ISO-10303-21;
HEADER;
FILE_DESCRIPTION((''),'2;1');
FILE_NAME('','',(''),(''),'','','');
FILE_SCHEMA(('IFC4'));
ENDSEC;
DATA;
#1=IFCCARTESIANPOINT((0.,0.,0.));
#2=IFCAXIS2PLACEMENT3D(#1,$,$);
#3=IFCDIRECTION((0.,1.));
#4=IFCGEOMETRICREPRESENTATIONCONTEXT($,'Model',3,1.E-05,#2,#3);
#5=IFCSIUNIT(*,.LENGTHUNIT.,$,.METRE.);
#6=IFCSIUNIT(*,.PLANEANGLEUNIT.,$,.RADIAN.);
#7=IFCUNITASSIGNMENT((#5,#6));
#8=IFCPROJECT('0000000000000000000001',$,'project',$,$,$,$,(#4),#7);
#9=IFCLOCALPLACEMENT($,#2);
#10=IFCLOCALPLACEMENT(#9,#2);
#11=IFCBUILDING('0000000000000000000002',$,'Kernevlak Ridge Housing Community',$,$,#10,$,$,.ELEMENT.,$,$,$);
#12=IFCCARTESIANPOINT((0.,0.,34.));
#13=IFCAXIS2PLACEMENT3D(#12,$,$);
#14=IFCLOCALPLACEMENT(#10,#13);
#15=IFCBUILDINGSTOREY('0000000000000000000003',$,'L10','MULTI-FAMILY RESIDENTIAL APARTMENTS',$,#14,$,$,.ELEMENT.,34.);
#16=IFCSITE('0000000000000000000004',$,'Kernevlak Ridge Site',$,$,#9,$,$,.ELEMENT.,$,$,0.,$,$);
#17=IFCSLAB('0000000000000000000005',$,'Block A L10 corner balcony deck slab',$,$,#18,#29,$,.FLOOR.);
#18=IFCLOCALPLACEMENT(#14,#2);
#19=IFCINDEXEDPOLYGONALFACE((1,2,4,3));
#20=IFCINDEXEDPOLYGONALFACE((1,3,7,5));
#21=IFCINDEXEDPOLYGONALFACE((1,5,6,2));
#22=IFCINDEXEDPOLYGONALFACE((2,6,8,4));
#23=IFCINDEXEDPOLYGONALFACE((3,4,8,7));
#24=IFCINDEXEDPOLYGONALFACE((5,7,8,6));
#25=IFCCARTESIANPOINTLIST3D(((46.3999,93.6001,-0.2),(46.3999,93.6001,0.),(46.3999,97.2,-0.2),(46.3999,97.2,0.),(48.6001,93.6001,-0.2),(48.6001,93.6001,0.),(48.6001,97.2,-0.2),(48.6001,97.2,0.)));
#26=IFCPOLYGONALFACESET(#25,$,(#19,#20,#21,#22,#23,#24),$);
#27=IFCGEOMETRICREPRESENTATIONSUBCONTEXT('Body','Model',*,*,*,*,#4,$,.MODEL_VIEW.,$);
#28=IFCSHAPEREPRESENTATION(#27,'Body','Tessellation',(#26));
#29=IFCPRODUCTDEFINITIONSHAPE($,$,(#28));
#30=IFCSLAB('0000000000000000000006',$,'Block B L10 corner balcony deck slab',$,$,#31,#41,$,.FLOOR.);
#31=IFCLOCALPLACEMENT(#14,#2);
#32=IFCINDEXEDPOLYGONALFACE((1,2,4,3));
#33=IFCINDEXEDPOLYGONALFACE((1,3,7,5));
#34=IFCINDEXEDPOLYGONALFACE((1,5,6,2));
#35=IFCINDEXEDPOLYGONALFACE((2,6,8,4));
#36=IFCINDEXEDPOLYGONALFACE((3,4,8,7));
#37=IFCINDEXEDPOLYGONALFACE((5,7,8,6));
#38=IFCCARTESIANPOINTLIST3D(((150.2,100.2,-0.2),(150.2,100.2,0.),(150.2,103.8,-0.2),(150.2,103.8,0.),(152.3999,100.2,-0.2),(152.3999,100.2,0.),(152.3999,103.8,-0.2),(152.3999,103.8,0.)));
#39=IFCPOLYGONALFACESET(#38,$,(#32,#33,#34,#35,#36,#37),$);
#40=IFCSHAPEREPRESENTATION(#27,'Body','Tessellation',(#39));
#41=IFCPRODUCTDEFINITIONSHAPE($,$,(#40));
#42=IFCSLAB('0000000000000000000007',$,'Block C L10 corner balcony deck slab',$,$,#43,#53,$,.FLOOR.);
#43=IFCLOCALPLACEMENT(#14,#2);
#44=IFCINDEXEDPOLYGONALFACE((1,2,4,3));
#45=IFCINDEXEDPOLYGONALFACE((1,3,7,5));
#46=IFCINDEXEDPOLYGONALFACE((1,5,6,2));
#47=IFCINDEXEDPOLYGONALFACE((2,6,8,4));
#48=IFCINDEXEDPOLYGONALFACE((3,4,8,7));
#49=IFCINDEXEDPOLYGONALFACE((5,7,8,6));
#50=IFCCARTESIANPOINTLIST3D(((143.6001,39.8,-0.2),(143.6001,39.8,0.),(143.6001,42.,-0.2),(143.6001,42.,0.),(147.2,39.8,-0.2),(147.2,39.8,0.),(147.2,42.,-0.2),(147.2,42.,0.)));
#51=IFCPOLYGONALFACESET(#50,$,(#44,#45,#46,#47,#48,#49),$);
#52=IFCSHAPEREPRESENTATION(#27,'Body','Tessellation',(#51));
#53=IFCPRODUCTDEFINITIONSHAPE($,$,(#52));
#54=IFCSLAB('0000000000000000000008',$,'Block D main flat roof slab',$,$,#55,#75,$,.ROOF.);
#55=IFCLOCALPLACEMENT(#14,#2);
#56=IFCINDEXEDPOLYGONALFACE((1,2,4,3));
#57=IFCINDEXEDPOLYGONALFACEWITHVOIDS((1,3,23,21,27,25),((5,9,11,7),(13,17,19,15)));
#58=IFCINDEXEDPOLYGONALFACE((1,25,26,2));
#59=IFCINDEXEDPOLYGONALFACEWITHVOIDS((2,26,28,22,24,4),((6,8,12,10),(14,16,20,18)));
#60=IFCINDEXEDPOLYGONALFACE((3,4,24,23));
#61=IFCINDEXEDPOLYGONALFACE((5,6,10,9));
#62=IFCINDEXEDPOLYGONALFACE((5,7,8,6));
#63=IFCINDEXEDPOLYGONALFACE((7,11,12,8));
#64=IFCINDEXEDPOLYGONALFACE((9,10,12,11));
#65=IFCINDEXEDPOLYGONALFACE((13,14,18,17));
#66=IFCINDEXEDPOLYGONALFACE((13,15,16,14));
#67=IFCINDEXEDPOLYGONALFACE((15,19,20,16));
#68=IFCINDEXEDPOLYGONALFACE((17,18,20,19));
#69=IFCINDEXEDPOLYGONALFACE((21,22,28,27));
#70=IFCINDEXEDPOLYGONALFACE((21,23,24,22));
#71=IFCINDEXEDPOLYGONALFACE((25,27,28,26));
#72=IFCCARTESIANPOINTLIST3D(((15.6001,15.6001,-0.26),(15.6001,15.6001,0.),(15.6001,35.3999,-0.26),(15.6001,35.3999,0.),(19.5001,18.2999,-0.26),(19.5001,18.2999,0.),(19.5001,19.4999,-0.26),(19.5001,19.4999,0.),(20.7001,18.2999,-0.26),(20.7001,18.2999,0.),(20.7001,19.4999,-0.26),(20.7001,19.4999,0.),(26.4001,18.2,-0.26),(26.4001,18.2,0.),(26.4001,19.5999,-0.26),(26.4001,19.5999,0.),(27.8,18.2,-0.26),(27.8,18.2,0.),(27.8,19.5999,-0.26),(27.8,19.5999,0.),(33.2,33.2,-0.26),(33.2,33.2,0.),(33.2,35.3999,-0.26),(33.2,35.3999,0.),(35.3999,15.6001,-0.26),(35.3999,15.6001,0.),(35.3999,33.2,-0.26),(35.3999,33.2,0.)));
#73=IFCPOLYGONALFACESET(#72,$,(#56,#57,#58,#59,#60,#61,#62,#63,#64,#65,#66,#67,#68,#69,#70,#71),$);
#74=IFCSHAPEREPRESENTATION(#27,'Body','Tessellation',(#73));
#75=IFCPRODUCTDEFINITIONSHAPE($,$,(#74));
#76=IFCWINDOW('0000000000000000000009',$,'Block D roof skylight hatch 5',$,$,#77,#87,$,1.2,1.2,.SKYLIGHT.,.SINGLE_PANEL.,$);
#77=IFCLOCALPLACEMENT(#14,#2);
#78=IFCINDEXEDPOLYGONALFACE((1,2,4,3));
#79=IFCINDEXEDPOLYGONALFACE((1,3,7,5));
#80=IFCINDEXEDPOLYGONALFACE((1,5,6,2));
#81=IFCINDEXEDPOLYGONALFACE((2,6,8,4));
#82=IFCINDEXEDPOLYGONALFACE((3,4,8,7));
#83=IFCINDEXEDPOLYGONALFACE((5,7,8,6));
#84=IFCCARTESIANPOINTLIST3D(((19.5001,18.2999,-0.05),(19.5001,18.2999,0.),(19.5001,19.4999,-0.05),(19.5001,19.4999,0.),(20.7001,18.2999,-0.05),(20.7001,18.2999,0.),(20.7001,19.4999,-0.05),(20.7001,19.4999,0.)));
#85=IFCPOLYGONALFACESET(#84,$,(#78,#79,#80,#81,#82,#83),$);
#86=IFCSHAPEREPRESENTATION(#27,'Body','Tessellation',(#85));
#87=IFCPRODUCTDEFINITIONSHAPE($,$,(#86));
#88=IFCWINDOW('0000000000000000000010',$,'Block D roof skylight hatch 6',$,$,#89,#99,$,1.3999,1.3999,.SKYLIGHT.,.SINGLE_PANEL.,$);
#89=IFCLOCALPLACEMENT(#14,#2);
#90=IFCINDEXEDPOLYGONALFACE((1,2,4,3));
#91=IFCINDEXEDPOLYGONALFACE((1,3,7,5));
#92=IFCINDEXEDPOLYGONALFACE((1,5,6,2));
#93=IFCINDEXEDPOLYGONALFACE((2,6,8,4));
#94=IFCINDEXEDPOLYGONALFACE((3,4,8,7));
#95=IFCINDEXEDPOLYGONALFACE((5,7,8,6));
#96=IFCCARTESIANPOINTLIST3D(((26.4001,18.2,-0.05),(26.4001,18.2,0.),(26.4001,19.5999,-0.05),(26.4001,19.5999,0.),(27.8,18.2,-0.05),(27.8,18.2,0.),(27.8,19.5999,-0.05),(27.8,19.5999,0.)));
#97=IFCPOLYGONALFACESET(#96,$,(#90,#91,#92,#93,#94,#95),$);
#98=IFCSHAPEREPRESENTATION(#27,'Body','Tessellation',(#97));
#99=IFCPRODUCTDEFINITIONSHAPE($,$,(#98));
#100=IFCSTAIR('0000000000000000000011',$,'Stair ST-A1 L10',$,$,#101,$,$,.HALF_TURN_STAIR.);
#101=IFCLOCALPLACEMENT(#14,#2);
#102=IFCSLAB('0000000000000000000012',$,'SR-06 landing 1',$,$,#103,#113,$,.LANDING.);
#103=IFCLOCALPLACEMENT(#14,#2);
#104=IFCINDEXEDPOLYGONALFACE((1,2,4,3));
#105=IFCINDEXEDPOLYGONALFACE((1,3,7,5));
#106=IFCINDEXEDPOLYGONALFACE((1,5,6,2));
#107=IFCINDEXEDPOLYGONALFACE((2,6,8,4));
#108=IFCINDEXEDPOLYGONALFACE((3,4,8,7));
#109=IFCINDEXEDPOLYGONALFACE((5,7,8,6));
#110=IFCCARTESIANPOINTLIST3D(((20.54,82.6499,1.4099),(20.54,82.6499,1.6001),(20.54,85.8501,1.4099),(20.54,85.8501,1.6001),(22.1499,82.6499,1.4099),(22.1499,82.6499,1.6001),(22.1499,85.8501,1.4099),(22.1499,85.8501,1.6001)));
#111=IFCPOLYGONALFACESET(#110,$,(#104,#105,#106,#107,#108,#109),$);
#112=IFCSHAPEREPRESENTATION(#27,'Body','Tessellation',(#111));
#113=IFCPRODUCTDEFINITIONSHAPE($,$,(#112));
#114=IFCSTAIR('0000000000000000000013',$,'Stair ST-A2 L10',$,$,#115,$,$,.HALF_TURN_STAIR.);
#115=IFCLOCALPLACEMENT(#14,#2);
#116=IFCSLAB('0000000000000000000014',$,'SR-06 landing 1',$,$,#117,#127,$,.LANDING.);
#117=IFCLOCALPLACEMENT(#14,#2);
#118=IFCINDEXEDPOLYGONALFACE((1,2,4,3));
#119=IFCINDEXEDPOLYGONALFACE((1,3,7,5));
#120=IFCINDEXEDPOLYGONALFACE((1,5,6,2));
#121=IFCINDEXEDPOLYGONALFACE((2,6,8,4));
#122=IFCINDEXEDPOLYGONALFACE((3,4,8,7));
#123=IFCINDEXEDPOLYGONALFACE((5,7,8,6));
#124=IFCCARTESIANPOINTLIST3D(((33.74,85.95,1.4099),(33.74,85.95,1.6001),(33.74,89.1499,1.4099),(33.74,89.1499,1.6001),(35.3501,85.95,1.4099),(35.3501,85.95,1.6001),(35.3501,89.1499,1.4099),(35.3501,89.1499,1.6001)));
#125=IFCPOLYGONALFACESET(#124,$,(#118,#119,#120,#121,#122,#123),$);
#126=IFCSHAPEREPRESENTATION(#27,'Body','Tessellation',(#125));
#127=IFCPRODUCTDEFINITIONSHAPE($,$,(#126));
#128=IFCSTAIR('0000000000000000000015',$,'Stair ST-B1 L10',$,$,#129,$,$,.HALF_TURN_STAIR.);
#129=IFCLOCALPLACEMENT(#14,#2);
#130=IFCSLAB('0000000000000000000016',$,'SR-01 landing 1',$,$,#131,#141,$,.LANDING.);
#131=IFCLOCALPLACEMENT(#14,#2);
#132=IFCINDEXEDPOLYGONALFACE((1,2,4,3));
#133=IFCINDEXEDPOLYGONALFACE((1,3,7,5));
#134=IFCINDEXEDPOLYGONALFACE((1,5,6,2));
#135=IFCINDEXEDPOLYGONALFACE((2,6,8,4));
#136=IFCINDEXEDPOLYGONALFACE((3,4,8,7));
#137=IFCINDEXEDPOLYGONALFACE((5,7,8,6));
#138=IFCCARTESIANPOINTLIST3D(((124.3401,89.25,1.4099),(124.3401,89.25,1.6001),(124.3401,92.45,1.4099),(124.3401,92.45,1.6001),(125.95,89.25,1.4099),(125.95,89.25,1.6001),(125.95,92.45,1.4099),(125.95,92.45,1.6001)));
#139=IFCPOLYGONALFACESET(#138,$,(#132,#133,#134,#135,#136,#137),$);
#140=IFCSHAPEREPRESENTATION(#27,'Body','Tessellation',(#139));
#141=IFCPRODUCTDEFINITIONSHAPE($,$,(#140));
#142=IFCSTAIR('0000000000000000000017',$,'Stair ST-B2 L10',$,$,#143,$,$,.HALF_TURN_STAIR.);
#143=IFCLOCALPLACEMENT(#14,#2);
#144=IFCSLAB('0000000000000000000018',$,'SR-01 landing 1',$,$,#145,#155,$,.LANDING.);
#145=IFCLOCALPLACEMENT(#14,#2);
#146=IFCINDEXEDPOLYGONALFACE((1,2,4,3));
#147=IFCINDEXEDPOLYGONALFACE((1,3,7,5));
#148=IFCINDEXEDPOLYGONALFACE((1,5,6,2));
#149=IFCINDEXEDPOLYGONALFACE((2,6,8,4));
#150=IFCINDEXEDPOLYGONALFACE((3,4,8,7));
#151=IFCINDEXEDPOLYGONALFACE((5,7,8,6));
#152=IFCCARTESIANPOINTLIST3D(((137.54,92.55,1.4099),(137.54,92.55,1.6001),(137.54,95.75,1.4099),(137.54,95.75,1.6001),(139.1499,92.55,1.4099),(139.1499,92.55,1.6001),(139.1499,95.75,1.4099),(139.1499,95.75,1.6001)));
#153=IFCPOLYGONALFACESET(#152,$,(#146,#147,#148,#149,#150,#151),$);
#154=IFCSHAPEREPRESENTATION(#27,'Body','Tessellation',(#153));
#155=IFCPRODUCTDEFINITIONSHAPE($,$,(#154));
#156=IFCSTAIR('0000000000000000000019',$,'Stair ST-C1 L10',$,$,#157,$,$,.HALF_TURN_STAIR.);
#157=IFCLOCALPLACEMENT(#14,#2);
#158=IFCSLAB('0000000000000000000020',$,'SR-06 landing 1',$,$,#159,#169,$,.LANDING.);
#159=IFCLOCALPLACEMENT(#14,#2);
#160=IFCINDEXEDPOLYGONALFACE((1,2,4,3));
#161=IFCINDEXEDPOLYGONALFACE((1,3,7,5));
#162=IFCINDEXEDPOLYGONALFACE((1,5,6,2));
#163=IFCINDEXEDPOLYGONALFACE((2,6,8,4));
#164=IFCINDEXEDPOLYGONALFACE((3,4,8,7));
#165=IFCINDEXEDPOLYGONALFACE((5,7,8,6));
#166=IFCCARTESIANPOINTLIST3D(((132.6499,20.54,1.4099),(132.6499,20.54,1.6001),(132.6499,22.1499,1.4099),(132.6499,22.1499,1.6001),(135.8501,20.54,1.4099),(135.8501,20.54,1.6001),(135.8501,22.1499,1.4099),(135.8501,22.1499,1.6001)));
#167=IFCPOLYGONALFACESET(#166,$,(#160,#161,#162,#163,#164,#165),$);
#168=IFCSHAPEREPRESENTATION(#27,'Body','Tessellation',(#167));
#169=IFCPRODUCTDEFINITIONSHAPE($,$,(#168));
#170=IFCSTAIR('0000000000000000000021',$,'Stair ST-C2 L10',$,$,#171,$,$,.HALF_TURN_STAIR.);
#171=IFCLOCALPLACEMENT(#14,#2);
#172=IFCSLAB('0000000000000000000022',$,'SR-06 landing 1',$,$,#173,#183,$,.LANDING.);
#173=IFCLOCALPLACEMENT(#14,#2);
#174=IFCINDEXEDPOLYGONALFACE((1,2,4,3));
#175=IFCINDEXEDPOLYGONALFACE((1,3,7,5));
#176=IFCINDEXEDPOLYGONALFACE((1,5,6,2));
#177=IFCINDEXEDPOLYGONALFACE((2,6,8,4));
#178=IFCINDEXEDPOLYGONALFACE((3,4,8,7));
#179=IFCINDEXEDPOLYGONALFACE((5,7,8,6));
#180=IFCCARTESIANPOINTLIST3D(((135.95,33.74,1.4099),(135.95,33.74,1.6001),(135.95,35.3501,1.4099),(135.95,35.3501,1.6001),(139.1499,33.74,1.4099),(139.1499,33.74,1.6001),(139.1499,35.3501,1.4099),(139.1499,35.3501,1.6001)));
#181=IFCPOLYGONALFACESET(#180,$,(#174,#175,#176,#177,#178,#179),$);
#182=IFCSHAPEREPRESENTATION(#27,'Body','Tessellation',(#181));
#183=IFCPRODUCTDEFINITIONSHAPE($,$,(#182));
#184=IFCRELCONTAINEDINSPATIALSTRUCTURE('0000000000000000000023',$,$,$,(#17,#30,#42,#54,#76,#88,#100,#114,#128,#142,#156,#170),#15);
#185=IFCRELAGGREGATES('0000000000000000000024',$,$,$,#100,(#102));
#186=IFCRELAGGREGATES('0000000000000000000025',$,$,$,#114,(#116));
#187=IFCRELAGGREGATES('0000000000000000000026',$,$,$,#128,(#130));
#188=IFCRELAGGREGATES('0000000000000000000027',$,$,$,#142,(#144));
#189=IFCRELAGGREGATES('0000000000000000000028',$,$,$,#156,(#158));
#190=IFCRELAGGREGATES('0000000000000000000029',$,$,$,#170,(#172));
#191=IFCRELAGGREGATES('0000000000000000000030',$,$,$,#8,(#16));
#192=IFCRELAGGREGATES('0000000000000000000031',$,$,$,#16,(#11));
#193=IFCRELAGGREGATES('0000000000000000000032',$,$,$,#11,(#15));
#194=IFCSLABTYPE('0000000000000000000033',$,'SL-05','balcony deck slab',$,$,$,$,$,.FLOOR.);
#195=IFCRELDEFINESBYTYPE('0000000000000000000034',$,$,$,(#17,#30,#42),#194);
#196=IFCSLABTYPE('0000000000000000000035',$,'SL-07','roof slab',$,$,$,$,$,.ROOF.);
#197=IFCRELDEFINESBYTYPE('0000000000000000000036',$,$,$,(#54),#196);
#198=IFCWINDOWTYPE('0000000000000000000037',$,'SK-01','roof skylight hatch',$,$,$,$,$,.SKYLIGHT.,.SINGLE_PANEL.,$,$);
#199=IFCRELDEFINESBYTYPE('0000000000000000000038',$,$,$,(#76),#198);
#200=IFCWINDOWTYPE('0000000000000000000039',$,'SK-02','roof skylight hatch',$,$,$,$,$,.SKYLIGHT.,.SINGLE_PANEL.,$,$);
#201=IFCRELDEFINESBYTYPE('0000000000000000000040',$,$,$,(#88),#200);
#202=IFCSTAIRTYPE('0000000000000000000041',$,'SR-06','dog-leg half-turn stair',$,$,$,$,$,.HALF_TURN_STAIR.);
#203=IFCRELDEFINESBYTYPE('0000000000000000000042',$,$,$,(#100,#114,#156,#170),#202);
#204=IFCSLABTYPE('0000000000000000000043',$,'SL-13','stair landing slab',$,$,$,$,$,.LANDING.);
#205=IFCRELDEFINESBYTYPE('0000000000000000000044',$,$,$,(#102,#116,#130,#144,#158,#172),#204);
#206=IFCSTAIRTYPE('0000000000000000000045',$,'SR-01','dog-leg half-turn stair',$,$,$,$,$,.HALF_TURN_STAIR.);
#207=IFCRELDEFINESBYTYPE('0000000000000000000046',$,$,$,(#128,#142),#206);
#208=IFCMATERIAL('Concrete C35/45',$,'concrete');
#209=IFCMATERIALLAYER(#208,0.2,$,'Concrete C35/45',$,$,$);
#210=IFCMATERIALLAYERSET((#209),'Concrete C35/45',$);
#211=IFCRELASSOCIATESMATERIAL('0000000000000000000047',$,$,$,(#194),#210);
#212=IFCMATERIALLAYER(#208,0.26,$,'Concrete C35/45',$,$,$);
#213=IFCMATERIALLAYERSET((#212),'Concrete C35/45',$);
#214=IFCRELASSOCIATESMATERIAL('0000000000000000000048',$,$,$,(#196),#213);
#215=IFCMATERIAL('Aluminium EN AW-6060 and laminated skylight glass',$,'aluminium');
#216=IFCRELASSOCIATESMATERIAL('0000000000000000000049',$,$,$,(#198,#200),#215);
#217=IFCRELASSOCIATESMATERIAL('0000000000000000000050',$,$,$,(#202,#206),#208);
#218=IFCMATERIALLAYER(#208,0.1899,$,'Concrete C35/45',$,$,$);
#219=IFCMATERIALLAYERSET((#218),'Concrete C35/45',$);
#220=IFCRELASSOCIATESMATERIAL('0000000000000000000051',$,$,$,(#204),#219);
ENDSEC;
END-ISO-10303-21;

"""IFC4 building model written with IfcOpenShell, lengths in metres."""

from ifc_helpers import new_model, si_unit, direction, frame, origin, origin_2d, place, context, subcontext, project, spatial, polyline, rectangle, outline, extrude, material, layer, layer_set, type_object, element, fill, aggregate, save


model = new_model("IFC4")

# Units and contexts
model_context = context("Model", 3, precision=1e-05, world=origin(), true_north=direction((0.0, 1.0)))
body_context = subcontext(model_context, "Body", "Model", "MODEL_VIEW")
ifc_project = project(units=[si_unit("LENGTHUNIT", "METRE"), si_unit("PLANEANGLEUNIT", "RADIAN")], contexts=[model_context])

# Site, building, storey
site_placement = place(None, origin())
site = spatial("IfcSite", under=ifc_project, at=site_placement, Name="Kernevlak Ridge Site", CompositionType="ELEMENT", RefElevation=0.0)
building_placement = place(site_placement, origin())
building = spatial("IfcBuilding", under=site, at=building_placement, Name="Kernevlak Ridge Housing Community", CompositionType="ELEMENT")
storey_placement = place(building_placement, frame((0.0, 0.0, 34.0)))
storey = spatial("IfcBuildingStorey", under=building, at=storey_placement, Name="L10", Description="MULTI-FAMILY RESIDENTIAL APARTMENTS", CompositionType="ELEMENT", Elevation=34.0)

# Slabs
ifc_material_1 = material(Name="Concrete C35/45", Category="concrete")
ifc_layer_1 = layer(ifc_material_1, 0.2, Name="Concrete C35/45")
ifc_layer_set_1 = layer_set([ifc_layer_1], Name="Concrete C35/45")
slab_type_1 = type_object("IfcSlabType", Name="SL-05", Description="balcony deck slab", PredefinedType="FLOOR", material=ifc_layer_set_1)
slab_1_placement = place(storey_placement, frame((0.0, 0.0, -0.2)))
element("IfcSlab", 1, at=slab_1_placement, inside=storey, type_object=slab_type_1, Name="Block A L10 corner balcony deck slab", PredefinedType="FLOOR", context=body_context, shape_type="SweptSolid", body=[
    extrude(outline(polyline([(46.3999, 93.6001), (48.6001, 93.6001), (48.6001, 97.2), (46.3999, 97.2), (46.3999, 93.6001)])), origin(), (0.0, 0.0, 1.0), 0.2),
])
slab_2_placement = place(storey_placement, frame((0.0, 0.0, -0.2)))
element("IfcSlab", 2, at=slab_2_placement, inside=storey, type_object=slab_type_1, Name="Block B L10 corner balcony deck slab", PredefinedType="FLOOR", context=body_context, shape_type="SweptSolid", body=[
    extrude(outline(polyline([(150.2, 100.2), (152.3999, 100.2), (152.3999, 103.8), (150.2, 103.8), (150.2, 100.2)])), origin(), (0.0, 0.0, 1.0), 0.2),
])
slab_3_placement = place(storey_placement, frame((0.0, 0.0, -0.2)))
element("IfcSlab", 3, at=slab_3_placement, inside=storey, type_object=slab_type_1, Name="Block C L10 corner balcony deck slab", PredefinedType="FLOOR", context=body_context, shape_type="SweptSolid", body=[
    extrude(outline(polyline([(147.2, 39.8), (147.2, 42.0), (143.6001, 42.0), (143.6001, 39.8), (147.2, 39.8)])), origin(), (0.0, 0.0, 1.0), 0.2),
])

# Slab, openings, windows
ifc_layer_2 = layer(ifc_material_1, 0.26, Name="Concrete C35/45")
ifc_layer_set_2 = layer_set([ifc_layer_2], Name="Concrete C35/45")
slab_type_2 = type_object("IfcSlabType", Name="SL-07", Description="roof slab", PredefinedType="ROOF", material=ifc_layer_set_2)
slab_4_placement = place(storey_placement, frame((0.0, 0.0, -0.26)))
slab_4 = element("IfcSlab", 4, at=slab_4_placement, inside=storey, type_object=slab_type_2, Name="Block D main flat roof slab", PredefinedType="ROOF", context=body_context, shape_type="SweptSolid", body=[
    extrude(outline(polyline([(15.6001, 15.6001), (35.3999, 15.6001), (35.3999, 33.2), (33.2, 33.2), (33.2, 35.3999), (15.6001, 35.3999), (15.6001, 15.6001)])), origin(), (0.0, 0.0, 1.0), 0.26),
])
opening_1_placement = place(slab_4_placement, frame((20.1001, 18.8999, -0.01)))
opening_1 = element("IfcOpeningElement", 5, at=opening_1_placement, cuts=slab_4, PredefinedType="OPENING", context=body_context, shape_type="SweptSolid", body=[
    extrude(rectangle(XDim=1.2, YDim=1.2, at=origin_2d()), origin(), (0.0, 0.0, 1.0), 0.28),
])
opening_2_placement = place(slab_4_placement, frame((27.1001, 18.8999, -0.01)))
opening_2 = element("IfcOpeningElement", 6, at=opening_2_placement, cuts=slab_4, PredefinedType="OPENING", context=body_context, shape_type="SweptSolid", body=[
    extrude(rectangle(XDim=1.3999, YDim=1.3999, at=origin_2d()), origin(), (0.0, 0.0, 1.0), 0.28),
])
ifc_material_2 = material(Name="Aluminium EN AW-6060 and laminated skylight glass", Category="aluminium")
window_type_1 = type_object("IfcWindowType", Name="SK-01", Description="roof skylight hatch", PartitioningType="SINGLE_PANEL", PredefinedType="SKYLIGHT", material=ifc_material_2)
window_1_placement = place(slab_4_placement, frame((20.1001, 18.8999, 0.21)))
window_1 = element("IfcWindow", 7, at=window_1_placement, inside=storey, type_object=window_type_1, Name="Block D roof skylight hatch 5", OverallHeight=1.2, OverallWidth=1.2, PartitioningType="SINGLE_PANEL", PredefinedType="SKYLIGHT", context=body_context, shape_type="SweptSolid", body=[
    extrude(rectangle(XDim=1.2, YDim=1.2, at=origin_2d()), origin(), (0.0, 0.0, 1.0), 0.05),
])
fill(opening_1, window_1)
window_type_2 = type_object("IfcWindowType", Name="SK-02", Description="roof skylight hatch", PartitioningType="SINGLE_PANEL", PredefinedType="SKYLIGHT", material=ifc_material_2)
window_2_placement = place(slab_4_placement, frame((27.1001, 18.8999, 0.21)))
window_2 = element("IfcWindow", 8, at=window_2_placement, inside=storey, type_object=window_type_2, Name="Block D roof skylight hatch 6", OverallHeight=1.3999, OverallWidth=1.3999, PartitioningType="SINGLE_PANEL", PredefinedType="SKYLIGHT", context=body_context, shape_type="SweptSolid", body=[
    extrude(rectangle(XDim=1.3999, YDim=1.3999, at=origin_2d()), origin(), (0.0, 0.0, 1.0), 0.05),
])
fill(opening_2, window_2)

# Stairs, slabs
stair_type_1 = type_object("IfcStairType", Name="SR-06", Description="dog-leg half-turn stair", PredefinedType="HALF_TURN_STAIR", material=ifc_material_1)
stair_1_placement = place(storey_placement, origin())
stair_1 = element("IfcStair", 9, at=stair_1_placement, inside=storey, type_object=stair_type_1, Name="Stair ST-A1 L10", PredefinedType="HALF_TURN_STAIR")
ifc_layer_3 = layer(ifc_material_1, 0.1899, Name="Concrete C35/45")
ifc_layer_set_3 = layer_set([ifc_layer_3], Name="Concrete C35/45")
slab_type_3 = type_object("IfcSlabType", Name="SL-13", Description="stair landing slab", PredefinedType="LANDING", material=ifc_layer_set_3)
slab_5_placement = place(storey_placement, frame((0.0, 0.0, 1.4099)))
slab_5 = element("IfcSlab", 10, at=slab_5_placement, type_object=slab_type_3, Name="SR-06 landing 1", PredefinedType="LANDING", context=body_context, shape_type="SweptSolid", body=[
    extrude(outline(polyline([(20.54, 82.6499), (22.1499, 82.6499), (22.1499, 85.8501), (20.54, 85.8501), (20.54, 82.6499)])), origin(), (0.0, 0.0, 1.0), 0.1902),
])
aggregate(stair_1, [slab_5])
stair_2_placement = place(storey_placement, origin())
stair_2 = element("IfcStair", 11, at=stair_2_placement, inside=storey, type_object=stair_type_1, Name="Stair ST-A2 L10", PredefinedType="HALF_TURN_STAIR")
slab_6_placement = place(storey_placement, frame((0.0, 0.0, 1.4099)))
slab_6 = element("IfcSlab", 12, at=slab_6_placement, type_object=slab_type_3, Name="SR-06 landing 1", PredefinedType="LANDING", context=body_context, shape_type="SweptSolid", body=[
    extrude(outline(polyline([(33.74, 85.95), (35.3501, 85.95), (35.3501, 89.1499), (33.74, 89.1499), (33.74, 85.95)])), origin(), (0.0, 0.0, 1.0), 0.1902),
])
aggregate(stair_2, [slab_6])
stair_type_2 = type_object("IfcStairType", Name="SR-01", Description="dog-leg half-turn stair", PredefinedType="HALF_TURN_STAIR", material=ifc_material_1)
stair_3_placement = place(storey_placement, origin())
stair_3 = element("IfcStair", 13, at=stair_3_placement, inside=storey, type_object=stair_type_2, Name="Stair ST-B1 L10", PredefinedType="HALF_TURN_STAIR")
slab_7_placement = place(storey_placement, frame((0.0, 0.0, 1.4099)))
slab_7 = element("IfcSlab", 14, at=slab_7_placement, type_object=slab_type_3, Name="SR-01 landing 1", PredefinedType="LANDING", context=body_context, shape_type="SweptSolid", body=[
    extrude(outline(polyline([(124.3401, 89.25), (125.95, 89.25), (125.95, 92.45), (124.3401, 92.45), (124.3401, 89.25)])), origin(), (0.0, 0.0, 1.0), 0.1902),
])
aggregate(stair_3, [slab_7])
stair_4_placement = place(storey_placement, origin())
stair_4 = element("IfcStair", 15, at=stair_4_placement, inside=storey, type_object=stair_type_2, Name="Stair ST-B2 L10", PredefinedType="HALF_TURN_STAIR")
slab_8_placement = place(storey_placement, frame((0.0, 0.0, 1.4099)))
slab_8 = element("IfcSlab", 16, at=slab_8_placement, type_object=slab_type_3, Name="SR-01 landing 1", PredefinedType="LANDING", context=body_context, shape_type="SweptSolid", body=[
    extrude(outline(polyline([(137.54, 92.55), (139.1499, 92.55), (139.1499, 95.75), (137.54, 95.75), (137.54, 92.55)])), origin(), (0.0, 0.0, 1.0), 0.1902),
])
aggregate(stair_4, [slab_8])
stair_5_placement = place(storey_placement, origin())
stair_5 = element("IfcStair", 17, at=stair_5_placement, inside=storey, type_object=stair_type_1, Name="Stair ST-C1 L10", PredefinedType="HALF_TURN_STAIR")
slab_9_placement = place(storey_placement, frame((0.0, 0.0, 1.4099)))
slab_9 = element("IfcSlab", 18, at=slab_9_placement, type_object=slab_type_3, Name="SR-06 landing 1", PredefinedType="LANDING", context=body_context, shape_type="SweptSolid", body=[
    extrude(outline(polyline([(135.8501, 20.54), (135.8501, 22.1499), (132.6499, 22.1499), (132.6499, 20.54), (135.8501, 20.54)])), origin(), (0.0, 0.0, 1.0), 0.1902),
])
aggregate(stair_5, [slab_9])
stair_6_placement = place(storey_placement, origin())
stair_6 = element("IfcStair", 19, at=stair_6_placement, inside=storey, type_object=stair_type_1, Name="Stair ST-C2 L10", PredefinedType="HALF_TURN_STAIR")
slab_10_placement = place(storey_placement, frame((0.0, 0.0, 1.4099)))
slab_10 = element("IfcSlab", 20, at=slab_10_placement, type_object=slab_type_3, Name="SR-06 landing 1", PredefinedType="LANDING", context=body_context, shape_type="SweptSolid", body=[
    extrude(outline(polyline([(139.1499, 33.74), (139.1499, 35.3501), (135.95, 35.3501), (135.95, 33.74), (139.1499, 33.74)])), origin(), (0.0, 0.0, 1.0), 0.1902),
])
aggregate(stair_6, [slab_10])

save(model, "model.ifc")
